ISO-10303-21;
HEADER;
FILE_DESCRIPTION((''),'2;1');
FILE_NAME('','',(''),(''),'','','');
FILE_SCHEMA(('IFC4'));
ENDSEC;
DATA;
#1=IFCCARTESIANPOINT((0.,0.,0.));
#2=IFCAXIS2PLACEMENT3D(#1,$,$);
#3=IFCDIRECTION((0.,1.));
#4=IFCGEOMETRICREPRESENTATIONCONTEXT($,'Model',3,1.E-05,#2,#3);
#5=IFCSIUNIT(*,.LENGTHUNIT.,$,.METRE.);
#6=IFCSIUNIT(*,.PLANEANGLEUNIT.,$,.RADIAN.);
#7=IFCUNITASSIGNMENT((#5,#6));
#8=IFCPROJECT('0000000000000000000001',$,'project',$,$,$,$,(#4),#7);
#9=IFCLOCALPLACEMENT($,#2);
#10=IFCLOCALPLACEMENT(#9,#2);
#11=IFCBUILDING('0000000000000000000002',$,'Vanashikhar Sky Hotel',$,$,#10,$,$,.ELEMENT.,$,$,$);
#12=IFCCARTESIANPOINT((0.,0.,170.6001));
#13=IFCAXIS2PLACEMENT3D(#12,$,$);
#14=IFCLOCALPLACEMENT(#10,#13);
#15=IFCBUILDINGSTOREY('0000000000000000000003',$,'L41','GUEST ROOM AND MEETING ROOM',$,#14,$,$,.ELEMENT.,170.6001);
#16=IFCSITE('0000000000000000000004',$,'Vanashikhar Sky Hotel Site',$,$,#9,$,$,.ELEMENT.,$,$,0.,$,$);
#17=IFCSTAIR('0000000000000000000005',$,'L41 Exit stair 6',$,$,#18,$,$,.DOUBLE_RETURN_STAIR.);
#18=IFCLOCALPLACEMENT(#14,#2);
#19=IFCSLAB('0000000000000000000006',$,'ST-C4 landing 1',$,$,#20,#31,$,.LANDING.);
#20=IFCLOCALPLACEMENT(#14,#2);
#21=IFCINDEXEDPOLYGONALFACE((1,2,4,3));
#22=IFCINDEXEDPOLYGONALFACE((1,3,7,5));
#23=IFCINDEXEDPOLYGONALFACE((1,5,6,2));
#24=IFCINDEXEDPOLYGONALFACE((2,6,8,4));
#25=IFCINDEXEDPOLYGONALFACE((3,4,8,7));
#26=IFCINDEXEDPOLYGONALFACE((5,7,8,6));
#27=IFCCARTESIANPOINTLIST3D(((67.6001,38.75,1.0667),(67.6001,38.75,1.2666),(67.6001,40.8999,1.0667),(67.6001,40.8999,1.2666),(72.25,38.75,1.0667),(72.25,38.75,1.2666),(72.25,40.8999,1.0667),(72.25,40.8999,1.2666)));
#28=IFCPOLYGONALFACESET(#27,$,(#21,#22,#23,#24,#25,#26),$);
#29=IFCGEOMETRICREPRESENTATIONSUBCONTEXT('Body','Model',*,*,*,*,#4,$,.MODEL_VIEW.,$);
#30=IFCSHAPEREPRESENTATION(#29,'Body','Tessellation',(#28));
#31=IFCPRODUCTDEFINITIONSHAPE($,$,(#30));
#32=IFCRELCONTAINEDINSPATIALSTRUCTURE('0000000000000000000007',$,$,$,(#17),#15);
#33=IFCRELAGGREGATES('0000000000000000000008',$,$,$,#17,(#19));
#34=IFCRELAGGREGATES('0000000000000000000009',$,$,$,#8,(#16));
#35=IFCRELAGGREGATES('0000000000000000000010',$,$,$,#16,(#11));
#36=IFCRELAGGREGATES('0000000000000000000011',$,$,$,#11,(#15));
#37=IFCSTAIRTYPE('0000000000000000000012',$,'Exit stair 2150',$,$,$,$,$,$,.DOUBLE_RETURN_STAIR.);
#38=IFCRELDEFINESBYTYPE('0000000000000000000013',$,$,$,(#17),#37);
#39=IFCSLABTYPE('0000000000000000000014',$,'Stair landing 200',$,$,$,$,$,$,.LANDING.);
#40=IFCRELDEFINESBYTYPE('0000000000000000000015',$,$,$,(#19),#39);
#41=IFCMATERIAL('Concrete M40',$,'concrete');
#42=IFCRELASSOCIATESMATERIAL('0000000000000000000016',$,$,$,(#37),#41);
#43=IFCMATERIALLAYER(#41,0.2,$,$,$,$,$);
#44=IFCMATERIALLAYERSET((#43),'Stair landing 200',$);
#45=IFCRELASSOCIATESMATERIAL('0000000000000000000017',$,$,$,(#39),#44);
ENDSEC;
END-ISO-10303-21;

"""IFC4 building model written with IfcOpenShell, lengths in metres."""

from ifc_helpers import new_model, si_unit, direction, frame, origin, place, context, subcontext, project, spatial, polyline, outline, extrude, source, transform, mapped, material, layer, layer_set, type_object, element, aggregate, save


model = new_model("IFC4")

# Units and contexts
model_context = context("Model", 3, precision=1e-05, world=origin(), true_north=direction((0.0, 1.0)))
body_context = subcontext(model_context, "Body", "Model", "MODEL_VIEW")
ifc_project = project(units=[si_unit("LENGTHUNIT", "METRE"), si_unit("PLANEANGLEUNIT", "RADIAN")], contexts=[model_context])

# Site, building, storey
site_placement = place(None, origin())
site = spatial("IfcSite", under=ifc_project, at=site_placement, Name="Vanashikhar Sky Hotel Site", CompositionType="ELEMENT", RefElevation=0.0)
building_placement = place(site_placement, origin())
building = spatial("IfcBuilding", under=site, at=building_placement, Name="Vanashikhar Sky Hotel", CompositionType="ELEMENT")
storey_placement = place(building_placement, frame((0.0, 0.0, 170.6001)))
storey = spatial("IfcBuildingStorey", under=building, at=storey_placement, Name="L41", Description="GUEST ROOM AND MEETING ROOM", CompositionType="ELEMENT", Elevation=170.6001)

# Shared definitions
ifc_material = material(Name="Concrete M40", Category="concrete")

# Shared definitions
stair_type = type_object("IfcStairType", Name="Exit stair 2150", PredefinedType="DOUBLE_RETURN_STAIR", material=ifc_material)
ifc_layer_1 = layer(ifc_material, 0.2)
ifc_layer_set_1 = layer_set([ifc_layer_1], Name="Stair landing 200")
slab_type_1 = type_object("IfcSlabType", Name="Stair landing 200", PredefinedType="LANDING", material=ifc_layer_set_1)

# Stair, slab
stair_1_placement = place(storey_placement, origin())
stair_1 = element("IfcStair", 1, at=stair_1_placement, inside=storey, type_object=stair_type, Name="L41 Exit stair 6", PredefinedType="DOUBLE_RETURN_STAIR")
shared_shape_1 = source(origin(), body_context, "Body", "SweptSolid", [
    extrude(outline(polyline([(72.25, 38.75), (72.25, 40.8999), (67.6001, 40.8999), (67.6001, 38.75), (72.25, 38.75)])), origin(), (0.0, 0.0, 1.0), 0.2),
])
slab_1_placement = place(storey_placement, frame((0.0, 0.0, 1.0667)))
slab_1 = element("IfcSlab", 2, at=slab_1_placement, type_object=slab_type_1, Name="ST-C4 landing 1", PredefinedType="LANDING", context=body_context, shape_type="MappedRepresentation", body=[
    mapped(shared_shape_1, transform((0.0, 0.0, 0.0), scale=1.0)),
])
aggregate(stair_1, [slab_1])

save(model, "model.ifc")
